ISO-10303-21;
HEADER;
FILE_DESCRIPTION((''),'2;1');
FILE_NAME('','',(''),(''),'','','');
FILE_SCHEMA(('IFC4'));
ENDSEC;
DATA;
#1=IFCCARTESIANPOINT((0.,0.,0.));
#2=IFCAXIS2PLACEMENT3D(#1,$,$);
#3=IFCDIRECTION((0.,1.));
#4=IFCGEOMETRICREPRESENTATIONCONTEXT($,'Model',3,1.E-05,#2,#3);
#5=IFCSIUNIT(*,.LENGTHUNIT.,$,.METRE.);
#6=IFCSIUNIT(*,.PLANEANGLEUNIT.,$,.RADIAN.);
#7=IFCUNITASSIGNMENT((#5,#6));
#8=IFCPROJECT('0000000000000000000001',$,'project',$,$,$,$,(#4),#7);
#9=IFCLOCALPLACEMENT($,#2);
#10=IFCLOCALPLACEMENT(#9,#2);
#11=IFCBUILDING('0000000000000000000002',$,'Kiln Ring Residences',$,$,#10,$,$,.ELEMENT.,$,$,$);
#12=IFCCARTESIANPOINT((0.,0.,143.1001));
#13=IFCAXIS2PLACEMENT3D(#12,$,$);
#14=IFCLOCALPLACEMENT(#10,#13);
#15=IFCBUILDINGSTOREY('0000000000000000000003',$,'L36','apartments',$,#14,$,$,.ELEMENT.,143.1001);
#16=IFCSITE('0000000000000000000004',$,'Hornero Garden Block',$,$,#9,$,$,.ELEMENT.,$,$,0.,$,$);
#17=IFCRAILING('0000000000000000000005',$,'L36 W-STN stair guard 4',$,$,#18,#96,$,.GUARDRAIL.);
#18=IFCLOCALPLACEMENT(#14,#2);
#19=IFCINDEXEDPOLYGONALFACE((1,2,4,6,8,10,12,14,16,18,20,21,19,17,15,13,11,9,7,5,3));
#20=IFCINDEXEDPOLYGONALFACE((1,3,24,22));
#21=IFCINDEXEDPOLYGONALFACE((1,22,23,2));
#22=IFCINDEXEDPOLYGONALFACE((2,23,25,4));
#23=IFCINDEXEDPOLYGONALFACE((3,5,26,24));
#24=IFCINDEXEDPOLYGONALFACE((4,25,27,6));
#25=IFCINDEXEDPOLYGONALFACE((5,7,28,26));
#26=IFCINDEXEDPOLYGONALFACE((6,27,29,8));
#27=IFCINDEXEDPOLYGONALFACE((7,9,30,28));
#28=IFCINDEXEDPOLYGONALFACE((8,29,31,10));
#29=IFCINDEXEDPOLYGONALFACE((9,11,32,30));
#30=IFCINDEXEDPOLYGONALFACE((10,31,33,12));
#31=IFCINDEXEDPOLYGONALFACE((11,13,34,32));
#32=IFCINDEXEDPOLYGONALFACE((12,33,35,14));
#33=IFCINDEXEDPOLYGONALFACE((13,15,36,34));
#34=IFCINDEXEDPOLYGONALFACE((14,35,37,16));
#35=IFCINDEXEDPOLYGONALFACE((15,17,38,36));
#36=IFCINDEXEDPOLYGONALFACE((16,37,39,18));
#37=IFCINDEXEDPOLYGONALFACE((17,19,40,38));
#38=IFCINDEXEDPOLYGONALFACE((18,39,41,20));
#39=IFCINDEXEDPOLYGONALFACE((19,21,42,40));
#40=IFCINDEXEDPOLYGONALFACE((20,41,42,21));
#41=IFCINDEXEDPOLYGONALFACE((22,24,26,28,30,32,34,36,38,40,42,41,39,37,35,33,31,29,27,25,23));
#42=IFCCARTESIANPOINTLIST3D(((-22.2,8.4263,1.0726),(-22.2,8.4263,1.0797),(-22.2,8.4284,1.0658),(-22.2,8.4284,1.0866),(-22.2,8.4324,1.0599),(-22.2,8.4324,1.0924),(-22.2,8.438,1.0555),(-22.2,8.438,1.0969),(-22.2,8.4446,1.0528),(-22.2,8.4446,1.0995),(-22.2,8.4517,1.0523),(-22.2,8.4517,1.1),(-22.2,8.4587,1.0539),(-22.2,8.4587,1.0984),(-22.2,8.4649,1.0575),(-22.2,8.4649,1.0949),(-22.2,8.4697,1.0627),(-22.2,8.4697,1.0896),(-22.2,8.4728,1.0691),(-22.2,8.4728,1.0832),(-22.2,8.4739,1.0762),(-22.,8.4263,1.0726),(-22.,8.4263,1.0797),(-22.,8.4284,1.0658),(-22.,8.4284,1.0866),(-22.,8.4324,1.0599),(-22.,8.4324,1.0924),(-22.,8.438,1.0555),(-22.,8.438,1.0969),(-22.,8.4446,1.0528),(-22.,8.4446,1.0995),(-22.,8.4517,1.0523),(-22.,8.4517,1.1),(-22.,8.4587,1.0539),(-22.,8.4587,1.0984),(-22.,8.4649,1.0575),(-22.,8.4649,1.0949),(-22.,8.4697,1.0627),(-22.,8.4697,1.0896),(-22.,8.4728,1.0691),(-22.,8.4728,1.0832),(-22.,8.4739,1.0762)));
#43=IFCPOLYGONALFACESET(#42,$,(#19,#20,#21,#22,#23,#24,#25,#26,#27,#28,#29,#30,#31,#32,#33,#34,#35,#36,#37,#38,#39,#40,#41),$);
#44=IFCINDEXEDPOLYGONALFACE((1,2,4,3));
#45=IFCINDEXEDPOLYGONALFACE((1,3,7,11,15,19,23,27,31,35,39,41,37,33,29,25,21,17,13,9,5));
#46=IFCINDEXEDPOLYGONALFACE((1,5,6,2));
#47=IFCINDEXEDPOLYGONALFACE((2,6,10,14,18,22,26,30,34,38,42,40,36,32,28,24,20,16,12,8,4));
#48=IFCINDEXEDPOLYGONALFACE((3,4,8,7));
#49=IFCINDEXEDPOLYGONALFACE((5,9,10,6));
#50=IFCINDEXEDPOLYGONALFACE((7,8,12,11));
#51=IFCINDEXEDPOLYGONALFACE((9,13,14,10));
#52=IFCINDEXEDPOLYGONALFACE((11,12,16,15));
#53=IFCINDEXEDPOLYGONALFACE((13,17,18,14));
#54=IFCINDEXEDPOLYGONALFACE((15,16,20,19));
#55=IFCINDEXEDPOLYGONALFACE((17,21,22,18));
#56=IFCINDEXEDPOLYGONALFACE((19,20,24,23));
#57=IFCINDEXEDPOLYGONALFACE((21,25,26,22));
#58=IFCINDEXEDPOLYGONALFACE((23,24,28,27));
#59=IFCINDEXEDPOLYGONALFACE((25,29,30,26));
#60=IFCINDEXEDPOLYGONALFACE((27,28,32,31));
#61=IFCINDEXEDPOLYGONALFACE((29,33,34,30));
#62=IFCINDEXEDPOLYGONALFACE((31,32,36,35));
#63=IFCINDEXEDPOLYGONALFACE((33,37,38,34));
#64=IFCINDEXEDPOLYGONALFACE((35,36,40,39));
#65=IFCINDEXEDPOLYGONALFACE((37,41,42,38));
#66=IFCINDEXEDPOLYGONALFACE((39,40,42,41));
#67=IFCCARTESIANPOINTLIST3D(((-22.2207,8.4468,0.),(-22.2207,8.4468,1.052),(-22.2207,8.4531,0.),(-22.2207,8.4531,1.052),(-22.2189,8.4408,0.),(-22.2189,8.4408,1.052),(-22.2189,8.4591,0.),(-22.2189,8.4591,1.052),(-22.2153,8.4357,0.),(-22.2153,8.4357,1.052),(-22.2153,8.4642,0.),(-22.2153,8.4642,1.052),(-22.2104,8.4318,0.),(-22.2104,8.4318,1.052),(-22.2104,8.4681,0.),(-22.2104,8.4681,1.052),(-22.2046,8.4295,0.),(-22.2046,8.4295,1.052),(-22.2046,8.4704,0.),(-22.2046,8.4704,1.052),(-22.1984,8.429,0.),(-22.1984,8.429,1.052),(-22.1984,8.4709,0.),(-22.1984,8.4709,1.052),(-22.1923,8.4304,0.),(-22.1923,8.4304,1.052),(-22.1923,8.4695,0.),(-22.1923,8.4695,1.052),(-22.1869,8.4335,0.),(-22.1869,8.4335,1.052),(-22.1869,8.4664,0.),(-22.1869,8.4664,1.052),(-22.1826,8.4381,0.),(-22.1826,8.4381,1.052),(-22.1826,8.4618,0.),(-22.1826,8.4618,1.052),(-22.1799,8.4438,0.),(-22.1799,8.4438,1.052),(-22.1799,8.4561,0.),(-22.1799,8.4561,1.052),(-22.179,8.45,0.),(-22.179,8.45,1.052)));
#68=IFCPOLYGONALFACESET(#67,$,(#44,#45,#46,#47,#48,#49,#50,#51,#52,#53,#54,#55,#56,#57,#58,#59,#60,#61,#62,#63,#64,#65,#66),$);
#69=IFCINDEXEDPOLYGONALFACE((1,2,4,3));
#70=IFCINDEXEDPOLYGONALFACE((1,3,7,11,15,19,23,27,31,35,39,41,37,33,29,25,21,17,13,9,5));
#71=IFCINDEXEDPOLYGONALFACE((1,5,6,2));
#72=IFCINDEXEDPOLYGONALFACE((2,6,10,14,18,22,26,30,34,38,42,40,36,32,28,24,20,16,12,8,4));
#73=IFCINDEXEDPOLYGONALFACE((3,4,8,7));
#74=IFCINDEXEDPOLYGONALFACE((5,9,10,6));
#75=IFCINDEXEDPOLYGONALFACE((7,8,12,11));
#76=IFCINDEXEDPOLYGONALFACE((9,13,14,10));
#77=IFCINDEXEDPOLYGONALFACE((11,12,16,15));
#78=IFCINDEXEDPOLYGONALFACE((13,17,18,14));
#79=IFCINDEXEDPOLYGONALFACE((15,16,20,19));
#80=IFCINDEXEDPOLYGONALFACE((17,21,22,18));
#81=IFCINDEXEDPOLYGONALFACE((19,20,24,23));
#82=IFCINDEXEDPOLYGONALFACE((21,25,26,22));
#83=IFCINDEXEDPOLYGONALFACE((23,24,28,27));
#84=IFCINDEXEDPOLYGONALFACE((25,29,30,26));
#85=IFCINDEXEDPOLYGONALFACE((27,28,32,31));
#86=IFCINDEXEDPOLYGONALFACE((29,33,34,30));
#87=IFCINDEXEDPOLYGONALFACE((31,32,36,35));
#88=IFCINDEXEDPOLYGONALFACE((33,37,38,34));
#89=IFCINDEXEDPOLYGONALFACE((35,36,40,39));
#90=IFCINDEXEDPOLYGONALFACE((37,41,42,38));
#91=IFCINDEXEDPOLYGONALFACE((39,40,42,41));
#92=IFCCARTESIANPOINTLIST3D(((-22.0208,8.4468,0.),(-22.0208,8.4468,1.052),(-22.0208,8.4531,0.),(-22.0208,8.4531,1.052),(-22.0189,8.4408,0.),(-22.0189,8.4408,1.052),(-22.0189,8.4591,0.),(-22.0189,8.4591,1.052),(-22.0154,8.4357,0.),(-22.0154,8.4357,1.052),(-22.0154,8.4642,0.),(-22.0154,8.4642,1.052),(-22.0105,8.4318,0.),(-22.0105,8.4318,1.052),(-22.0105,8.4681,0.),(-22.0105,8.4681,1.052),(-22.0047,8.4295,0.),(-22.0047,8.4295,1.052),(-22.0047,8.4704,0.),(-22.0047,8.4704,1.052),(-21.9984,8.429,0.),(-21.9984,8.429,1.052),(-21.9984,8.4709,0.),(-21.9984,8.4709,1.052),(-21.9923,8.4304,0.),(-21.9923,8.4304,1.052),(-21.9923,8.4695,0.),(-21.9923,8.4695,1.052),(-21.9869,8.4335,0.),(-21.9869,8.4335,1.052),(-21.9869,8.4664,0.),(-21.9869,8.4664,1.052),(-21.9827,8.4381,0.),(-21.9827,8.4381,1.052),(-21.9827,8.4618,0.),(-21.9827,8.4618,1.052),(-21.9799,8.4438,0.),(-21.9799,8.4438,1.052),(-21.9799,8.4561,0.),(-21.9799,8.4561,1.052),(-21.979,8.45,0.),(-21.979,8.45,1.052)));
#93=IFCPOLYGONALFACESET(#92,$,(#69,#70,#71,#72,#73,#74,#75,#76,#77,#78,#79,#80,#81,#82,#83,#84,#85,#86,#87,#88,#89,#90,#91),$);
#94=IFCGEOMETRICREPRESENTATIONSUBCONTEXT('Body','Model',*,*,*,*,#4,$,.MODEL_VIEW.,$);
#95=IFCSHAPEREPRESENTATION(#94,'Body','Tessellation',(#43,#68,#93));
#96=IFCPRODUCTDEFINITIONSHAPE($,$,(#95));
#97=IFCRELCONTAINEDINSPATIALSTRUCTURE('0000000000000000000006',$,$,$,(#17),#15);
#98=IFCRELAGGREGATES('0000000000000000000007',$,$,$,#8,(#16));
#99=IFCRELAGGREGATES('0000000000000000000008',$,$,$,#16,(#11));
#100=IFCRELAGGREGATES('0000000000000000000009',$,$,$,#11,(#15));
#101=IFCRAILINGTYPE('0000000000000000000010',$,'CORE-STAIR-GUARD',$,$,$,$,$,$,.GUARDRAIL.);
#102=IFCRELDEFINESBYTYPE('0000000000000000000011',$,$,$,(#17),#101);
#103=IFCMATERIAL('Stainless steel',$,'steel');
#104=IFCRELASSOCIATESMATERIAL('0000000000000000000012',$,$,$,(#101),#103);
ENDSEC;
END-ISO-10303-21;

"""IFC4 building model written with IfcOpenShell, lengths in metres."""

from ifc_helpers import new_model, si_unit, direction, frame, origin, origin_2d, place, context, subcontext, project, spatial, circle, extrude, material, type_object, element, save


model = new_model("IFC4")

# Units and contexts
model_context = context("Model", 3, precision=1e-05, world=origin(), true_north=direction((0.0, 1.0)))
body_context = subcontext(model_context, "Body", "Model", "MODEL_VIEW")
ifc_project = project(units=[si_unit("LENGTHUNIT", "METRE"), si_unit("PLANEANGLEUNIT", "RADIAN")], contexts=[model_context])

# Site, building, storey
site_placement = place(None, origin())
site = spatial("IfcSite", under=ifc_project, at=site_placement, Name="Hornero Garden Block", CompositionType="ELEMENT", RefElevation=0.0)
building_placement = place(site_placement, origin())
building = spatial("IfcBuilding", under=site, at=building_placement, Name="Kiln Ring Residences", CompositionType="ELEMENT")
storey_placement = place(building_placement, frame((0.0, 0.0, 143.1001)))
storey = spatial("IfcBuildingStorey", under=building, at=storey_placement, Name="L36", Description="apartments", CompositionType="ELEMENT", Elevation=143.1001)

# Railing
ifc_material_1 = material(Name="Stainless steel", Category="steel")
railing_type_1 = type_object("IfcRailingType", Name="CORE-STAIR-GUARD", PredefinedType="GUARDRAIL", material=ifc_material_1)
railing_1_placement = place(storey_placement, frame((-22.2, 8.45, 0.0)))
element("IfcRailing", 1, at=railing_1_placement, inside=storey, type_object=railing_type_1, Name="L36 W-STN stair guard 4", PredefinedType="GUARDRAIL", context=body_context, shape_type="SweptSolid", body=[
    extrude(circle(Radius=0.0239, at=origin_2d()), frame((0.0, 0.0, 1.0762), z_axis=(1.0, 0.0, 0.0), x_axis=(0.0, 1.0, 0.0)), (0.0, 0.0, 1.0), 0.2),
    extrude(circle(Radius=0.021, at=origin_2d()), origin(), (0.0, 0.0, 1.0), 1.052),
    extrude(circle(Radius=0.021, at=origin_2d()), frame((0.2, 0.0, 0.0)), (0.0, 0.0, 1.0), 1.052),
])

save(model, "model.ifc")
